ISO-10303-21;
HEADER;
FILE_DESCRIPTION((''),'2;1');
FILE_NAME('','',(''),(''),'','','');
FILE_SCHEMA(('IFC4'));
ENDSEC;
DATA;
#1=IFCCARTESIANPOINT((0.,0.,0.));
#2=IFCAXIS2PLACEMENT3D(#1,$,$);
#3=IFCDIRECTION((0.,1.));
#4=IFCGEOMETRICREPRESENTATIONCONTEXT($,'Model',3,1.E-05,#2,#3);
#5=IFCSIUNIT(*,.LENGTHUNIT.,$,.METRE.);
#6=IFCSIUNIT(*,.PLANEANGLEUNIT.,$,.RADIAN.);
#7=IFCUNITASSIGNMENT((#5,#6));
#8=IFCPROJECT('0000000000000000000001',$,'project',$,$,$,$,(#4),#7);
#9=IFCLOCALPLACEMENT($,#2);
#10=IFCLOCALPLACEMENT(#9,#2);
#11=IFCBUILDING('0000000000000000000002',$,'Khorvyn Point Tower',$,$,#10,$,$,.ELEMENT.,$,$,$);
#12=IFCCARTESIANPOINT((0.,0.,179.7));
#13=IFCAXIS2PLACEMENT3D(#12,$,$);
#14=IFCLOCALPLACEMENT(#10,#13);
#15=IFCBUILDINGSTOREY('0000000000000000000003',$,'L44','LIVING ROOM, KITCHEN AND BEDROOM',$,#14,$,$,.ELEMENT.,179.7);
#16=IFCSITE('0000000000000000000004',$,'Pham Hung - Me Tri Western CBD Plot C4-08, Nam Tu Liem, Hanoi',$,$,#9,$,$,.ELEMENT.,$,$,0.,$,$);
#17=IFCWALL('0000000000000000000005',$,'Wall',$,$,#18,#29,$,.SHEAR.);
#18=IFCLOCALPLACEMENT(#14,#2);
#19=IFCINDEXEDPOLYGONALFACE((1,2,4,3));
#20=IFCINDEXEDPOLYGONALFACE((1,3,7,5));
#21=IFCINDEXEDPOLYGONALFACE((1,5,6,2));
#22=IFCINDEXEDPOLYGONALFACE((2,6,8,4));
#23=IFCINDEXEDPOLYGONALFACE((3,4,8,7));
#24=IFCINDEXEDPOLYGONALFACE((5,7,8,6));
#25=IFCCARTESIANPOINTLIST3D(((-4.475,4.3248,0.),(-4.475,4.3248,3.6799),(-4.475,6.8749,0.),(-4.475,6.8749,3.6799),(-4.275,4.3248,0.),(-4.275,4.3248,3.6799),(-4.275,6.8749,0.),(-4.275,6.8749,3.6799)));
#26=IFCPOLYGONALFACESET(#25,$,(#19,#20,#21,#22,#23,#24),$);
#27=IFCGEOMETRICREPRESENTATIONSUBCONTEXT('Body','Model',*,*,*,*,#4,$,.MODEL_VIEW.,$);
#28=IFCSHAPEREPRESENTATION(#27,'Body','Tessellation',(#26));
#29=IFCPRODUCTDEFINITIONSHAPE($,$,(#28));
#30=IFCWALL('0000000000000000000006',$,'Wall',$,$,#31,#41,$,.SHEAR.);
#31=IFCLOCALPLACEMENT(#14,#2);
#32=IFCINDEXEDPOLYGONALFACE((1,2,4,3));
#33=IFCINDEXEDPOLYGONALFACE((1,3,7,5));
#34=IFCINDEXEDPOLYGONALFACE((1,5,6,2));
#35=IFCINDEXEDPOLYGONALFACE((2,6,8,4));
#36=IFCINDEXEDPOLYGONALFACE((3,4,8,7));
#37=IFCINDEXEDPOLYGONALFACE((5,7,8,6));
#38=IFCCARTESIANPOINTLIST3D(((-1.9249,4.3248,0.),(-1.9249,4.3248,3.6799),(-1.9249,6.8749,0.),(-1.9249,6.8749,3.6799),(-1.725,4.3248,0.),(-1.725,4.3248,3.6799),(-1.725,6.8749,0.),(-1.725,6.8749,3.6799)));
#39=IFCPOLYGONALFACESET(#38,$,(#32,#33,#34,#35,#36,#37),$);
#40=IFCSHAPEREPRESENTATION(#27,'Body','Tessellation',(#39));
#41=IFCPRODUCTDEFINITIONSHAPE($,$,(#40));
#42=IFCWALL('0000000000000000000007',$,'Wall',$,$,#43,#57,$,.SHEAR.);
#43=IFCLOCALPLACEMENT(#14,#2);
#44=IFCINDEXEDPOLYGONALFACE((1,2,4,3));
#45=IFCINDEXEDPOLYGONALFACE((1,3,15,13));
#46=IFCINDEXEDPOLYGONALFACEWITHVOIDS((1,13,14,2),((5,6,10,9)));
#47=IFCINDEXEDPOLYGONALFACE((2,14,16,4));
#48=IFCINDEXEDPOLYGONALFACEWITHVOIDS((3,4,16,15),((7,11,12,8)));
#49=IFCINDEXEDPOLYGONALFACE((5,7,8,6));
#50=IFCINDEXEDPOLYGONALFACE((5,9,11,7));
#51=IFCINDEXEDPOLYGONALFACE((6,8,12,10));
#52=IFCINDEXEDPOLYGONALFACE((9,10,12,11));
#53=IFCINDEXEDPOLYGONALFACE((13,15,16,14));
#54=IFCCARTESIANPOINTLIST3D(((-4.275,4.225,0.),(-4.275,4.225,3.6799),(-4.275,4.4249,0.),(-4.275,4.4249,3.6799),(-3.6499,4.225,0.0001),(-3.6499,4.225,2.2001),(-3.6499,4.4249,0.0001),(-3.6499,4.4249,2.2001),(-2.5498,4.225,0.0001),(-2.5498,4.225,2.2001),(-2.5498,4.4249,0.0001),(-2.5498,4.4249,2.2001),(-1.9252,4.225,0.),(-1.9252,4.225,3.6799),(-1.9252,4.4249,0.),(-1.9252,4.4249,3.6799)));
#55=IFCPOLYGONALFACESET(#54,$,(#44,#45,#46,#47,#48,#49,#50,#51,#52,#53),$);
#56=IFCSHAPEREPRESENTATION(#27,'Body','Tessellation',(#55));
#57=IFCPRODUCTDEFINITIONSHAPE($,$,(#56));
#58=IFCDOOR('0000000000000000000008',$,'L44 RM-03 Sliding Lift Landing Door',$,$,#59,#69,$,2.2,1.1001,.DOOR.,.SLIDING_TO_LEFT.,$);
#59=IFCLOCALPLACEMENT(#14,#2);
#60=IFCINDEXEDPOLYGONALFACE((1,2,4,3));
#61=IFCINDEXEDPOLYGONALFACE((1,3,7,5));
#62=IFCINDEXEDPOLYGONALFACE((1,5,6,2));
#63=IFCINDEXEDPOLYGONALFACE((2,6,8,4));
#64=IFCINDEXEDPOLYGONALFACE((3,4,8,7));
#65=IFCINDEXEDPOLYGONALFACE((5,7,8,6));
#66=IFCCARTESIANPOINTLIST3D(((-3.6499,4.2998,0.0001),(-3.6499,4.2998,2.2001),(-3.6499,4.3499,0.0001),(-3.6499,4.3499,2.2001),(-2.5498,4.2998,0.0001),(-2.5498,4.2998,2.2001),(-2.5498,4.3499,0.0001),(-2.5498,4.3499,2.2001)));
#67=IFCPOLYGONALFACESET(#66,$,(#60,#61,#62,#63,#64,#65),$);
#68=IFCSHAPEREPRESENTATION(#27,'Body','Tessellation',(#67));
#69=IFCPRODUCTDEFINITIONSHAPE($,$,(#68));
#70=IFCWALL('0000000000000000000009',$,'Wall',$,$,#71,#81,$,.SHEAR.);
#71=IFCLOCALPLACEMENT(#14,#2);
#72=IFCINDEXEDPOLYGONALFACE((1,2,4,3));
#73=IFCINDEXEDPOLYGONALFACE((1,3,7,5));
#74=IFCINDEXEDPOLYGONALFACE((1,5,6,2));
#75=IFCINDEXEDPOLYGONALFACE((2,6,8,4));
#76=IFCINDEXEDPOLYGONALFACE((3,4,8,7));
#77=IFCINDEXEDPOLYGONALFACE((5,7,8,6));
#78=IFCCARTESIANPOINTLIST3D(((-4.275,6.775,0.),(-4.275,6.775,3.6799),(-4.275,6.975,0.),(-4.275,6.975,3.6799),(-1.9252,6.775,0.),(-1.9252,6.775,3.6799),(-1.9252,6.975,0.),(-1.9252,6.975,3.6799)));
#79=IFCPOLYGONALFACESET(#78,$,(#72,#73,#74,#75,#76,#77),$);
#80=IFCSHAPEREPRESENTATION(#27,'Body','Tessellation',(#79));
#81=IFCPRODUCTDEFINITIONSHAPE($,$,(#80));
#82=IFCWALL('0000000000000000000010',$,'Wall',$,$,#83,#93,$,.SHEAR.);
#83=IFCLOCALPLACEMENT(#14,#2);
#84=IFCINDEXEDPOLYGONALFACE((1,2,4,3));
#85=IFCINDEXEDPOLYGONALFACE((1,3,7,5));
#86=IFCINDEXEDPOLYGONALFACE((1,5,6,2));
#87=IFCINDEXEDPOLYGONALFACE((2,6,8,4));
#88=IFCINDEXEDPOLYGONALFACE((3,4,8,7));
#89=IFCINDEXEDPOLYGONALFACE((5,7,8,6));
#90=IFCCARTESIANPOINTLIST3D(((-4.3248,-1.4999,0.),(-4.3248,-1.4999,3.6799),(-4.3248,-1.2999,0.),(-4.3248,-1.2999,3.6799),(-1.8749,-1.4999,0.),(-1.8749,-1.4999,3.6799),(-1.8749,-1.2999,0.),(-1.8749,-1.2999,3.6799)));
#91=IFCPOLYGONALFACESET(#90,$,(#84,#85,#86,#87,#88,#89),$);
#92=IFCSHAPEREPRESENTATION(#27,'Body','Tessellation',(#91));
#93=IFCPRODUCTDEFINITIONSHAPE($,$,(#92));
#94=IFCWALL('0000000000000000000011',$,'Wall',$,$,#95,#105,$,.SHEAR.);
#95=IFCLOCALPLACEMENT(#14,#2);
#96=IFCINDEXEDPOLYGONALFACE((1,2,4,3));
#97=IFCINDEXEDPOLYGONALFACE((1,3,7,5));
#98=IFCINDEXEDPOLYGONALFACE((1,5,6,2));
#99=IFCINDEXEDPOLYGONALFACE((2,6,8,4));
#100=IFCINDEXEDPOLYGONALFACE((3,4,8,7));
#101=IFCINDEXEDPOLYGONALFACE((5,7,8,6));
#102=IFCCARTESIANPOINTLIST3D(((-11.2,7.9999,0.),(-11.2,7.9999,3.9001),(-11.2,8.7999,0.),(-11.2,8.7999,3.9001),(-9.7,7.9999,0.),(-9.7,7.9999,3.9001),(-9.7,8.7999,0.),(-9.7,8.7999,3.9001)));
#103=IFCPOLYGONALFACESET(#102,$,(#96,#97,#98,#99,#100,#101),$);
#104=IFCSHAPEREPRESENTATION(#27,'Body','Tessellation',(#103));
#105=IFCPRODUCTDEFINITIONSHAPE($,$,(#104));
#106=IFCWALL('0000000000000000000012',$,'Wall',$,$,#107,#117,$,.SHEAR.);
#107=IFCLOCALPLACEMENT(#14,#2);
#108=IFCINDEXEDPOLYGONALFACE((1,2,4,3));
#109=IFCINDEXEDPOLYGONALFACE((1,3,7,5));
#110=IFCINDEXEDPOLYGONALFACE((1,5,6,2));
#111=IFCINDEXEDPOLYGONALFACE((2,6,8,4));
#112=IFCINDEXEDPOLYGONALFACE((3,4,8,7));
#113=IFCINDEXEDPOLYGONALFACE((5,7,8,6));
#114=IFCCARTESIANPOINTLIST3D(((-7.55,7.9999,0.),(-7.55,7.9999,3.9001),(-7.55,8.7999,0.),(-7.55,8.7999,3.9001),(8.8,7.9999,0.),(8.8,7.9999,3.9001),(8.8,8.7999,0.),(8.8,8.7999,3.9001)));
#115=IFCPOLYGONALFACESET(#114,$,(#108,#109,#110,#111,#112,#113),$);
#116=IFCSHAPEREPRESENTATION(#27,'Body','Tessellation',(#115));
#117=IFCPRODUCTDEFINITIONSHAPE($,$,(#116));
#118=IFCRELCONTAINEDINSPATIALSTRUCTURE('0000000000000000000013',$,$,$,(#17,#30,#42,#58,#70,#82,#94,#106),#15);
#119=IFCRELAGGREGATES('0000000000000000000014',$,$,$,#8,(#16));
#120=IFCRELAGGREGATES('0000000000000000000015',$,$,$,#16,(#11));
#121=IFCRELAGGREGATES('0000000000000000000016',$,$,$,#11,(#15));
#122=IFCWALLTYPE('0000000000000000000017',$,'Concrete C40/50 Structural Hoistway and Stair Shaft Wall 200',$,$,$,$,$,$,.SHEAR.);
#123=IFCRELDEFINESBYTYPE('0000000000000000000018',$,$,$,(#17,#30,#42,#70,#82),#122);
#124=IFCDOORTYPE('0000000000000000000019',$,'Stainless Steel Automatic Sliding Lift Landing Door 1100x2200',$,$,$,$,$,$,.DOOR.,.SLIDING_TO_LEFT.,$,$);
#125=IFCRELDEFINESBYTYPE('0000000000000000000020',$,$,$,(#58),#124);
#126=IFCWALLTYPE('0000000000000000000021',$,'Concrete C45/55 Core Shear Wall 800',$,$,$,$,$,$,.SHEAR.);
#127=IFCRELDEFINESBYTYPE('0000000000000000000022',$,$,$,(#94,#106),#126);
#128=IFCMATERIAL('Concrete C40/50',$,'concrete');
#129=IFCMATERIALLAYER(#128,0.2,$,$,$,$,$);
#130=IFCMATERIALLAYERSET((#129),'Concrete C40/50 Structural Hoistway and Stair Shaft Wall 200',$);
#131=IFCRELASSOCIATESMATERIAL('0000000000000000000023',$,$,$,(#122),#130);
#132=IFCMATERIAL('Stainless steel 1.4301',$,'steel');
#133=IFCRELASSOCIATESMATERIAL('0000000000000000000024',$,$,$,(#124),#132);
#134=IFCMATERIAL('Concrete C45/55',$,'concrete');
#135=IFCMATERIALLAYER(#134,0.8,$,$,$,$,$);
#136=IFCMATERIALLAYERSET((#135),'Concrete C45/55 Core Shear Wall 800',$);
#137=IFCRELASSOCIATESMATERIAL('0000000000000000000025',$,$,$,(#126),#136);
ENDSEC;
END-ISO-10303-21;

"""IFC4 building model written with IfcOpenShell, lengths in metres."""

from ifc_helpers import new_model, si_unit, direction, frame, frame_2d, origin, place, context, subcontext, project, spatial, rectangle, extrude, material, layer, layer_set, type_object, element, fill, save


model = new_model("IFC4")

# Units and contexts
model_context = context("Model", 3, precision=1e-05, world=origin(), true_north=direction((0.0, 1.0)))
body_context = subcontext(model_context, "Body", "Model", "MODEL_VIEW")
ifc_project = project(units=[si_unit("LENGTHUNIT", "METRE"), si_unit("PLANEANGLEUNIT", "RADIAN")], contexts=[model_context])

# Site, building, storey
site_placement = place(None, origin())
site = spatial("IfcSite", under=ifc_project, at=site_placement, Name="Pham Hung - Me Tri Western CBD Plot C4-08, Nam Tu Liem, Hanoi", CompositionType="ELEMENT", RefElevation=0.0)
building_placement = place(site_placement, origin())
building = spatial("IfcBuilding", under=site, at=building_placement, Name="Khorvyn Point Tower", CompositionType="ELEMENT")
storey_placement = place(building_placement, frame((0.0, 0.0, 179.7)))
storey = spatial("IfcBuildingStorey", under=building, at=storey_placement, Name="L44", Description="LIVING ROOM, KITCHEN AND BEDROOM", CompositionType="ELEMENT", Elevation=179.7)

# Shared definitions
ifc_material_1 = material(Name="Concrete C40/50", Category="concrete")

# Shared definitions
ifc_material_2 = material(Name="Concrete C45/55", Category="concrete")

# Shared definitions
ifc_layer_1 = layer(ifc_material_1, 0.2)
ifc_layer_set_1 = layer_set([ifc_layer_1], Name="Concrete C40/50 Structural Hoistway and Stair Shaft Wall 200")
wall_type_1 = type_object("IfcWallType", Name="Concrete C40/50 Structural Hoistway and Stair Shaft Wall 200", PredefinedType="SHEAR", material=ifc_layer_set_1)
ifc_material_3 = material(Name="Stainless steel 1.4301", Category="steel")
door_type_1 = type_object("IfcDoorType", Name="Stainless Steel Automatic Sliding Lift Landing Door 1100x2200", OperationType="SLIDING_TO_LEFT", PredefinedType="DOOR", material=ifc_material_3)

# Walls
for number, where, z_axis, x_axis, name in (
    (1, (-4.375, 4.325, 0.0), (0.0, 0.0, 1.0), (0.0, 1.0, 0.0), "Wall"),
    (2, (-1.825, 4.325, 0.0), (0.0, 0.0, 1.0), (0.0, 1.0, 0.0), "Wall"),
):
    element("IfcWall", number, at=place(storey_placement, frame(where, z_axis=z_axis, x_axis=x_axis)), inside=storey, type_object=wall_type_1, Name=name, PredefinedType="SHEAR", context=body_context, shape_type="SweptSolid", body=[
        extrude(rectangle(XDim=2.55, YDim=0.2, at=frame_2d((1.2749, 0.0))), origin(), (0.0, 0.0, 1.0), 3.6799),
    ])

# Wall, opening, door
wall_1_placement = place(storey_placement, frame((-4.2749, 4.325, 0.0), z_axis=(0.0, 0.0, 1.0), x_axis=(1.0, 0.0, 0.0)))
wall_1 = element("IfcWall", 3, at=wall_1_placement, inside=storey, type_object=wall_type_1, Name="Wall", PredefinedType="SHEAR", context=body_context, shape_type="SweptSolid", body=[
    extrude(rectangle(XDim=2.3499, YDim=0.2, at=frame_2d((1.1748, 0.0))), origin(), (0.0, 0.0, 1.0), 3.6799),
])
opening_1_placement = place(wall_1_placement, frame((0.625, 0.0, 0.0)))
opening_1 = element("IfcOpeningElement", 4, at=opening_1_placement, cuts=wall_1, PredefinedType="OPENING", context=body_context, shape_type="SweptSolid", body=[
    extrude(rectangle(XDim=1.1001, YDim=2.2, at=frame_2d((0.55, 1.1001))), frame((0.0, 0.1099, 0.0), z_axis=(0.0, -1.0, 0.0), x_axis=(1.0, 0.0, 0.0)), (0.0, 0.0, 1.0), 0.22),
])
door_1_placement = place(opening_1_placement, origin())
door_1 = element("IfcDoor", 5, at=door_1_placement, inside=storey, type_object=door_type_1, Name="L44 RM-03 Sliding Lift Landing Door", OperationType="SLIDING_TO_LEFT", OverallHeight=2.2, OverallWidth=1.1001, PredefinedType="DOOR", context=body_context, shape_type="SweptSolid", body=[
    extrude(rectangle(XDim=1.1001, YDim=2.2, at=frame_2d((0.55, 1.1001))), frame((0.0, 0.0249, 0.0), z_axis=(0.0, -1.0, 0.0), x_axis=(1.0, 0.0, 0.0)), (0.0, 0.0, 1.0), 0.05),
])
fill(opening_1, door_1)

# Walls
wall_2_placement = place(storey_placement, frame((-4.2749, 6.875, 0.0), z_axis=(0.0, 0.0, 1.0), x_axis=(1.0, 0.0, 0.0)))
element("IfcWall", 6, at=wall_2_placement, inside=storey, type_object=wall_type_1, Name="Wall", PredefinedType="SHEAR", context=body_context, shape_type="SweptSolid", body=[
    extrude(rectangle(XDim=2.3499, YDim=0.2, at=frame_2d((1.1748, 0.0))), origin(), (0.0, 0.0, 1.0), 3.6799),
])
wall_3_placement = place(storey_placement, frame((-4.325, -1.3999, 0.0), z_axis=(0.0, 0.0, 1.0), x_axis=(1.0, 0.0, 0.0)))
element("IfcWall", 7, at=wall_3_placement, inside=storey, type_object=wall_type_1, Name="Wall", PredefinedType="SHEAR", context=body_context, shape_type="SweptSolid", body=[
    extrude(rectangle(XDim=2.45, YDim=0.2, at=frame_2d((1.2251, 0.0))), origin(), (0.0, 0.0, 1.0), 3.6799),
])
ifc_layer_2 = layer(ifc_material_2, 0.8)
ifc_layer_set_2 = layer_set([ifc_layer_2], Name="Concrete C45/55 Core Shear Wall 800")
wall_type_2 = type_object("IfcWallType", Name="Concrete C45/55 Core Shear Wall 800", PredefinedType="SHEAR", material=ifc_layer_set_2)
wall_4_placement = place(storey_placement, frame((-11.2, 8.3999, 0.0), z_axis=(0.0, 0.0, 1.0), x_axis=(1.0, 0.0, 0.0)))
element("IfcWall", 8, at=wall_4_placement, inside=storey, type_object=wall_type_2, Name="Wall", PredefinedType="SHEAR", context=body_context, shape_type="SweptSolid", body=[
    extrude(rectangle(XDim=1.5, YDim=0.8, at=frame_2d((0.75, 0.0))), origin(), (0.0, 0.0, 1.0), 3.9001),
])
wall_5_placement = place(storey_placement, frame((-7.55, 8.3999, 0.0), z_axis=(0.0, 0.0, 1.0), x_axis=(1.0, 0.0, 0.0)))
element("IfcWall", 9, at=wall_5_placement, inside=storey, type_object=wall_type_2, Name="Wall", PredefinedType="SHEAR", context=body_context, shape_type="SweptSolid", body=[
    extrude(rectangle(XDim=16.3501, YDim=0.8, at=frame_2d((8.175, 0.0))), origin(), (0.0, 0.0, 1.0), 3.9001),
])

save(model, "model.ifc")
